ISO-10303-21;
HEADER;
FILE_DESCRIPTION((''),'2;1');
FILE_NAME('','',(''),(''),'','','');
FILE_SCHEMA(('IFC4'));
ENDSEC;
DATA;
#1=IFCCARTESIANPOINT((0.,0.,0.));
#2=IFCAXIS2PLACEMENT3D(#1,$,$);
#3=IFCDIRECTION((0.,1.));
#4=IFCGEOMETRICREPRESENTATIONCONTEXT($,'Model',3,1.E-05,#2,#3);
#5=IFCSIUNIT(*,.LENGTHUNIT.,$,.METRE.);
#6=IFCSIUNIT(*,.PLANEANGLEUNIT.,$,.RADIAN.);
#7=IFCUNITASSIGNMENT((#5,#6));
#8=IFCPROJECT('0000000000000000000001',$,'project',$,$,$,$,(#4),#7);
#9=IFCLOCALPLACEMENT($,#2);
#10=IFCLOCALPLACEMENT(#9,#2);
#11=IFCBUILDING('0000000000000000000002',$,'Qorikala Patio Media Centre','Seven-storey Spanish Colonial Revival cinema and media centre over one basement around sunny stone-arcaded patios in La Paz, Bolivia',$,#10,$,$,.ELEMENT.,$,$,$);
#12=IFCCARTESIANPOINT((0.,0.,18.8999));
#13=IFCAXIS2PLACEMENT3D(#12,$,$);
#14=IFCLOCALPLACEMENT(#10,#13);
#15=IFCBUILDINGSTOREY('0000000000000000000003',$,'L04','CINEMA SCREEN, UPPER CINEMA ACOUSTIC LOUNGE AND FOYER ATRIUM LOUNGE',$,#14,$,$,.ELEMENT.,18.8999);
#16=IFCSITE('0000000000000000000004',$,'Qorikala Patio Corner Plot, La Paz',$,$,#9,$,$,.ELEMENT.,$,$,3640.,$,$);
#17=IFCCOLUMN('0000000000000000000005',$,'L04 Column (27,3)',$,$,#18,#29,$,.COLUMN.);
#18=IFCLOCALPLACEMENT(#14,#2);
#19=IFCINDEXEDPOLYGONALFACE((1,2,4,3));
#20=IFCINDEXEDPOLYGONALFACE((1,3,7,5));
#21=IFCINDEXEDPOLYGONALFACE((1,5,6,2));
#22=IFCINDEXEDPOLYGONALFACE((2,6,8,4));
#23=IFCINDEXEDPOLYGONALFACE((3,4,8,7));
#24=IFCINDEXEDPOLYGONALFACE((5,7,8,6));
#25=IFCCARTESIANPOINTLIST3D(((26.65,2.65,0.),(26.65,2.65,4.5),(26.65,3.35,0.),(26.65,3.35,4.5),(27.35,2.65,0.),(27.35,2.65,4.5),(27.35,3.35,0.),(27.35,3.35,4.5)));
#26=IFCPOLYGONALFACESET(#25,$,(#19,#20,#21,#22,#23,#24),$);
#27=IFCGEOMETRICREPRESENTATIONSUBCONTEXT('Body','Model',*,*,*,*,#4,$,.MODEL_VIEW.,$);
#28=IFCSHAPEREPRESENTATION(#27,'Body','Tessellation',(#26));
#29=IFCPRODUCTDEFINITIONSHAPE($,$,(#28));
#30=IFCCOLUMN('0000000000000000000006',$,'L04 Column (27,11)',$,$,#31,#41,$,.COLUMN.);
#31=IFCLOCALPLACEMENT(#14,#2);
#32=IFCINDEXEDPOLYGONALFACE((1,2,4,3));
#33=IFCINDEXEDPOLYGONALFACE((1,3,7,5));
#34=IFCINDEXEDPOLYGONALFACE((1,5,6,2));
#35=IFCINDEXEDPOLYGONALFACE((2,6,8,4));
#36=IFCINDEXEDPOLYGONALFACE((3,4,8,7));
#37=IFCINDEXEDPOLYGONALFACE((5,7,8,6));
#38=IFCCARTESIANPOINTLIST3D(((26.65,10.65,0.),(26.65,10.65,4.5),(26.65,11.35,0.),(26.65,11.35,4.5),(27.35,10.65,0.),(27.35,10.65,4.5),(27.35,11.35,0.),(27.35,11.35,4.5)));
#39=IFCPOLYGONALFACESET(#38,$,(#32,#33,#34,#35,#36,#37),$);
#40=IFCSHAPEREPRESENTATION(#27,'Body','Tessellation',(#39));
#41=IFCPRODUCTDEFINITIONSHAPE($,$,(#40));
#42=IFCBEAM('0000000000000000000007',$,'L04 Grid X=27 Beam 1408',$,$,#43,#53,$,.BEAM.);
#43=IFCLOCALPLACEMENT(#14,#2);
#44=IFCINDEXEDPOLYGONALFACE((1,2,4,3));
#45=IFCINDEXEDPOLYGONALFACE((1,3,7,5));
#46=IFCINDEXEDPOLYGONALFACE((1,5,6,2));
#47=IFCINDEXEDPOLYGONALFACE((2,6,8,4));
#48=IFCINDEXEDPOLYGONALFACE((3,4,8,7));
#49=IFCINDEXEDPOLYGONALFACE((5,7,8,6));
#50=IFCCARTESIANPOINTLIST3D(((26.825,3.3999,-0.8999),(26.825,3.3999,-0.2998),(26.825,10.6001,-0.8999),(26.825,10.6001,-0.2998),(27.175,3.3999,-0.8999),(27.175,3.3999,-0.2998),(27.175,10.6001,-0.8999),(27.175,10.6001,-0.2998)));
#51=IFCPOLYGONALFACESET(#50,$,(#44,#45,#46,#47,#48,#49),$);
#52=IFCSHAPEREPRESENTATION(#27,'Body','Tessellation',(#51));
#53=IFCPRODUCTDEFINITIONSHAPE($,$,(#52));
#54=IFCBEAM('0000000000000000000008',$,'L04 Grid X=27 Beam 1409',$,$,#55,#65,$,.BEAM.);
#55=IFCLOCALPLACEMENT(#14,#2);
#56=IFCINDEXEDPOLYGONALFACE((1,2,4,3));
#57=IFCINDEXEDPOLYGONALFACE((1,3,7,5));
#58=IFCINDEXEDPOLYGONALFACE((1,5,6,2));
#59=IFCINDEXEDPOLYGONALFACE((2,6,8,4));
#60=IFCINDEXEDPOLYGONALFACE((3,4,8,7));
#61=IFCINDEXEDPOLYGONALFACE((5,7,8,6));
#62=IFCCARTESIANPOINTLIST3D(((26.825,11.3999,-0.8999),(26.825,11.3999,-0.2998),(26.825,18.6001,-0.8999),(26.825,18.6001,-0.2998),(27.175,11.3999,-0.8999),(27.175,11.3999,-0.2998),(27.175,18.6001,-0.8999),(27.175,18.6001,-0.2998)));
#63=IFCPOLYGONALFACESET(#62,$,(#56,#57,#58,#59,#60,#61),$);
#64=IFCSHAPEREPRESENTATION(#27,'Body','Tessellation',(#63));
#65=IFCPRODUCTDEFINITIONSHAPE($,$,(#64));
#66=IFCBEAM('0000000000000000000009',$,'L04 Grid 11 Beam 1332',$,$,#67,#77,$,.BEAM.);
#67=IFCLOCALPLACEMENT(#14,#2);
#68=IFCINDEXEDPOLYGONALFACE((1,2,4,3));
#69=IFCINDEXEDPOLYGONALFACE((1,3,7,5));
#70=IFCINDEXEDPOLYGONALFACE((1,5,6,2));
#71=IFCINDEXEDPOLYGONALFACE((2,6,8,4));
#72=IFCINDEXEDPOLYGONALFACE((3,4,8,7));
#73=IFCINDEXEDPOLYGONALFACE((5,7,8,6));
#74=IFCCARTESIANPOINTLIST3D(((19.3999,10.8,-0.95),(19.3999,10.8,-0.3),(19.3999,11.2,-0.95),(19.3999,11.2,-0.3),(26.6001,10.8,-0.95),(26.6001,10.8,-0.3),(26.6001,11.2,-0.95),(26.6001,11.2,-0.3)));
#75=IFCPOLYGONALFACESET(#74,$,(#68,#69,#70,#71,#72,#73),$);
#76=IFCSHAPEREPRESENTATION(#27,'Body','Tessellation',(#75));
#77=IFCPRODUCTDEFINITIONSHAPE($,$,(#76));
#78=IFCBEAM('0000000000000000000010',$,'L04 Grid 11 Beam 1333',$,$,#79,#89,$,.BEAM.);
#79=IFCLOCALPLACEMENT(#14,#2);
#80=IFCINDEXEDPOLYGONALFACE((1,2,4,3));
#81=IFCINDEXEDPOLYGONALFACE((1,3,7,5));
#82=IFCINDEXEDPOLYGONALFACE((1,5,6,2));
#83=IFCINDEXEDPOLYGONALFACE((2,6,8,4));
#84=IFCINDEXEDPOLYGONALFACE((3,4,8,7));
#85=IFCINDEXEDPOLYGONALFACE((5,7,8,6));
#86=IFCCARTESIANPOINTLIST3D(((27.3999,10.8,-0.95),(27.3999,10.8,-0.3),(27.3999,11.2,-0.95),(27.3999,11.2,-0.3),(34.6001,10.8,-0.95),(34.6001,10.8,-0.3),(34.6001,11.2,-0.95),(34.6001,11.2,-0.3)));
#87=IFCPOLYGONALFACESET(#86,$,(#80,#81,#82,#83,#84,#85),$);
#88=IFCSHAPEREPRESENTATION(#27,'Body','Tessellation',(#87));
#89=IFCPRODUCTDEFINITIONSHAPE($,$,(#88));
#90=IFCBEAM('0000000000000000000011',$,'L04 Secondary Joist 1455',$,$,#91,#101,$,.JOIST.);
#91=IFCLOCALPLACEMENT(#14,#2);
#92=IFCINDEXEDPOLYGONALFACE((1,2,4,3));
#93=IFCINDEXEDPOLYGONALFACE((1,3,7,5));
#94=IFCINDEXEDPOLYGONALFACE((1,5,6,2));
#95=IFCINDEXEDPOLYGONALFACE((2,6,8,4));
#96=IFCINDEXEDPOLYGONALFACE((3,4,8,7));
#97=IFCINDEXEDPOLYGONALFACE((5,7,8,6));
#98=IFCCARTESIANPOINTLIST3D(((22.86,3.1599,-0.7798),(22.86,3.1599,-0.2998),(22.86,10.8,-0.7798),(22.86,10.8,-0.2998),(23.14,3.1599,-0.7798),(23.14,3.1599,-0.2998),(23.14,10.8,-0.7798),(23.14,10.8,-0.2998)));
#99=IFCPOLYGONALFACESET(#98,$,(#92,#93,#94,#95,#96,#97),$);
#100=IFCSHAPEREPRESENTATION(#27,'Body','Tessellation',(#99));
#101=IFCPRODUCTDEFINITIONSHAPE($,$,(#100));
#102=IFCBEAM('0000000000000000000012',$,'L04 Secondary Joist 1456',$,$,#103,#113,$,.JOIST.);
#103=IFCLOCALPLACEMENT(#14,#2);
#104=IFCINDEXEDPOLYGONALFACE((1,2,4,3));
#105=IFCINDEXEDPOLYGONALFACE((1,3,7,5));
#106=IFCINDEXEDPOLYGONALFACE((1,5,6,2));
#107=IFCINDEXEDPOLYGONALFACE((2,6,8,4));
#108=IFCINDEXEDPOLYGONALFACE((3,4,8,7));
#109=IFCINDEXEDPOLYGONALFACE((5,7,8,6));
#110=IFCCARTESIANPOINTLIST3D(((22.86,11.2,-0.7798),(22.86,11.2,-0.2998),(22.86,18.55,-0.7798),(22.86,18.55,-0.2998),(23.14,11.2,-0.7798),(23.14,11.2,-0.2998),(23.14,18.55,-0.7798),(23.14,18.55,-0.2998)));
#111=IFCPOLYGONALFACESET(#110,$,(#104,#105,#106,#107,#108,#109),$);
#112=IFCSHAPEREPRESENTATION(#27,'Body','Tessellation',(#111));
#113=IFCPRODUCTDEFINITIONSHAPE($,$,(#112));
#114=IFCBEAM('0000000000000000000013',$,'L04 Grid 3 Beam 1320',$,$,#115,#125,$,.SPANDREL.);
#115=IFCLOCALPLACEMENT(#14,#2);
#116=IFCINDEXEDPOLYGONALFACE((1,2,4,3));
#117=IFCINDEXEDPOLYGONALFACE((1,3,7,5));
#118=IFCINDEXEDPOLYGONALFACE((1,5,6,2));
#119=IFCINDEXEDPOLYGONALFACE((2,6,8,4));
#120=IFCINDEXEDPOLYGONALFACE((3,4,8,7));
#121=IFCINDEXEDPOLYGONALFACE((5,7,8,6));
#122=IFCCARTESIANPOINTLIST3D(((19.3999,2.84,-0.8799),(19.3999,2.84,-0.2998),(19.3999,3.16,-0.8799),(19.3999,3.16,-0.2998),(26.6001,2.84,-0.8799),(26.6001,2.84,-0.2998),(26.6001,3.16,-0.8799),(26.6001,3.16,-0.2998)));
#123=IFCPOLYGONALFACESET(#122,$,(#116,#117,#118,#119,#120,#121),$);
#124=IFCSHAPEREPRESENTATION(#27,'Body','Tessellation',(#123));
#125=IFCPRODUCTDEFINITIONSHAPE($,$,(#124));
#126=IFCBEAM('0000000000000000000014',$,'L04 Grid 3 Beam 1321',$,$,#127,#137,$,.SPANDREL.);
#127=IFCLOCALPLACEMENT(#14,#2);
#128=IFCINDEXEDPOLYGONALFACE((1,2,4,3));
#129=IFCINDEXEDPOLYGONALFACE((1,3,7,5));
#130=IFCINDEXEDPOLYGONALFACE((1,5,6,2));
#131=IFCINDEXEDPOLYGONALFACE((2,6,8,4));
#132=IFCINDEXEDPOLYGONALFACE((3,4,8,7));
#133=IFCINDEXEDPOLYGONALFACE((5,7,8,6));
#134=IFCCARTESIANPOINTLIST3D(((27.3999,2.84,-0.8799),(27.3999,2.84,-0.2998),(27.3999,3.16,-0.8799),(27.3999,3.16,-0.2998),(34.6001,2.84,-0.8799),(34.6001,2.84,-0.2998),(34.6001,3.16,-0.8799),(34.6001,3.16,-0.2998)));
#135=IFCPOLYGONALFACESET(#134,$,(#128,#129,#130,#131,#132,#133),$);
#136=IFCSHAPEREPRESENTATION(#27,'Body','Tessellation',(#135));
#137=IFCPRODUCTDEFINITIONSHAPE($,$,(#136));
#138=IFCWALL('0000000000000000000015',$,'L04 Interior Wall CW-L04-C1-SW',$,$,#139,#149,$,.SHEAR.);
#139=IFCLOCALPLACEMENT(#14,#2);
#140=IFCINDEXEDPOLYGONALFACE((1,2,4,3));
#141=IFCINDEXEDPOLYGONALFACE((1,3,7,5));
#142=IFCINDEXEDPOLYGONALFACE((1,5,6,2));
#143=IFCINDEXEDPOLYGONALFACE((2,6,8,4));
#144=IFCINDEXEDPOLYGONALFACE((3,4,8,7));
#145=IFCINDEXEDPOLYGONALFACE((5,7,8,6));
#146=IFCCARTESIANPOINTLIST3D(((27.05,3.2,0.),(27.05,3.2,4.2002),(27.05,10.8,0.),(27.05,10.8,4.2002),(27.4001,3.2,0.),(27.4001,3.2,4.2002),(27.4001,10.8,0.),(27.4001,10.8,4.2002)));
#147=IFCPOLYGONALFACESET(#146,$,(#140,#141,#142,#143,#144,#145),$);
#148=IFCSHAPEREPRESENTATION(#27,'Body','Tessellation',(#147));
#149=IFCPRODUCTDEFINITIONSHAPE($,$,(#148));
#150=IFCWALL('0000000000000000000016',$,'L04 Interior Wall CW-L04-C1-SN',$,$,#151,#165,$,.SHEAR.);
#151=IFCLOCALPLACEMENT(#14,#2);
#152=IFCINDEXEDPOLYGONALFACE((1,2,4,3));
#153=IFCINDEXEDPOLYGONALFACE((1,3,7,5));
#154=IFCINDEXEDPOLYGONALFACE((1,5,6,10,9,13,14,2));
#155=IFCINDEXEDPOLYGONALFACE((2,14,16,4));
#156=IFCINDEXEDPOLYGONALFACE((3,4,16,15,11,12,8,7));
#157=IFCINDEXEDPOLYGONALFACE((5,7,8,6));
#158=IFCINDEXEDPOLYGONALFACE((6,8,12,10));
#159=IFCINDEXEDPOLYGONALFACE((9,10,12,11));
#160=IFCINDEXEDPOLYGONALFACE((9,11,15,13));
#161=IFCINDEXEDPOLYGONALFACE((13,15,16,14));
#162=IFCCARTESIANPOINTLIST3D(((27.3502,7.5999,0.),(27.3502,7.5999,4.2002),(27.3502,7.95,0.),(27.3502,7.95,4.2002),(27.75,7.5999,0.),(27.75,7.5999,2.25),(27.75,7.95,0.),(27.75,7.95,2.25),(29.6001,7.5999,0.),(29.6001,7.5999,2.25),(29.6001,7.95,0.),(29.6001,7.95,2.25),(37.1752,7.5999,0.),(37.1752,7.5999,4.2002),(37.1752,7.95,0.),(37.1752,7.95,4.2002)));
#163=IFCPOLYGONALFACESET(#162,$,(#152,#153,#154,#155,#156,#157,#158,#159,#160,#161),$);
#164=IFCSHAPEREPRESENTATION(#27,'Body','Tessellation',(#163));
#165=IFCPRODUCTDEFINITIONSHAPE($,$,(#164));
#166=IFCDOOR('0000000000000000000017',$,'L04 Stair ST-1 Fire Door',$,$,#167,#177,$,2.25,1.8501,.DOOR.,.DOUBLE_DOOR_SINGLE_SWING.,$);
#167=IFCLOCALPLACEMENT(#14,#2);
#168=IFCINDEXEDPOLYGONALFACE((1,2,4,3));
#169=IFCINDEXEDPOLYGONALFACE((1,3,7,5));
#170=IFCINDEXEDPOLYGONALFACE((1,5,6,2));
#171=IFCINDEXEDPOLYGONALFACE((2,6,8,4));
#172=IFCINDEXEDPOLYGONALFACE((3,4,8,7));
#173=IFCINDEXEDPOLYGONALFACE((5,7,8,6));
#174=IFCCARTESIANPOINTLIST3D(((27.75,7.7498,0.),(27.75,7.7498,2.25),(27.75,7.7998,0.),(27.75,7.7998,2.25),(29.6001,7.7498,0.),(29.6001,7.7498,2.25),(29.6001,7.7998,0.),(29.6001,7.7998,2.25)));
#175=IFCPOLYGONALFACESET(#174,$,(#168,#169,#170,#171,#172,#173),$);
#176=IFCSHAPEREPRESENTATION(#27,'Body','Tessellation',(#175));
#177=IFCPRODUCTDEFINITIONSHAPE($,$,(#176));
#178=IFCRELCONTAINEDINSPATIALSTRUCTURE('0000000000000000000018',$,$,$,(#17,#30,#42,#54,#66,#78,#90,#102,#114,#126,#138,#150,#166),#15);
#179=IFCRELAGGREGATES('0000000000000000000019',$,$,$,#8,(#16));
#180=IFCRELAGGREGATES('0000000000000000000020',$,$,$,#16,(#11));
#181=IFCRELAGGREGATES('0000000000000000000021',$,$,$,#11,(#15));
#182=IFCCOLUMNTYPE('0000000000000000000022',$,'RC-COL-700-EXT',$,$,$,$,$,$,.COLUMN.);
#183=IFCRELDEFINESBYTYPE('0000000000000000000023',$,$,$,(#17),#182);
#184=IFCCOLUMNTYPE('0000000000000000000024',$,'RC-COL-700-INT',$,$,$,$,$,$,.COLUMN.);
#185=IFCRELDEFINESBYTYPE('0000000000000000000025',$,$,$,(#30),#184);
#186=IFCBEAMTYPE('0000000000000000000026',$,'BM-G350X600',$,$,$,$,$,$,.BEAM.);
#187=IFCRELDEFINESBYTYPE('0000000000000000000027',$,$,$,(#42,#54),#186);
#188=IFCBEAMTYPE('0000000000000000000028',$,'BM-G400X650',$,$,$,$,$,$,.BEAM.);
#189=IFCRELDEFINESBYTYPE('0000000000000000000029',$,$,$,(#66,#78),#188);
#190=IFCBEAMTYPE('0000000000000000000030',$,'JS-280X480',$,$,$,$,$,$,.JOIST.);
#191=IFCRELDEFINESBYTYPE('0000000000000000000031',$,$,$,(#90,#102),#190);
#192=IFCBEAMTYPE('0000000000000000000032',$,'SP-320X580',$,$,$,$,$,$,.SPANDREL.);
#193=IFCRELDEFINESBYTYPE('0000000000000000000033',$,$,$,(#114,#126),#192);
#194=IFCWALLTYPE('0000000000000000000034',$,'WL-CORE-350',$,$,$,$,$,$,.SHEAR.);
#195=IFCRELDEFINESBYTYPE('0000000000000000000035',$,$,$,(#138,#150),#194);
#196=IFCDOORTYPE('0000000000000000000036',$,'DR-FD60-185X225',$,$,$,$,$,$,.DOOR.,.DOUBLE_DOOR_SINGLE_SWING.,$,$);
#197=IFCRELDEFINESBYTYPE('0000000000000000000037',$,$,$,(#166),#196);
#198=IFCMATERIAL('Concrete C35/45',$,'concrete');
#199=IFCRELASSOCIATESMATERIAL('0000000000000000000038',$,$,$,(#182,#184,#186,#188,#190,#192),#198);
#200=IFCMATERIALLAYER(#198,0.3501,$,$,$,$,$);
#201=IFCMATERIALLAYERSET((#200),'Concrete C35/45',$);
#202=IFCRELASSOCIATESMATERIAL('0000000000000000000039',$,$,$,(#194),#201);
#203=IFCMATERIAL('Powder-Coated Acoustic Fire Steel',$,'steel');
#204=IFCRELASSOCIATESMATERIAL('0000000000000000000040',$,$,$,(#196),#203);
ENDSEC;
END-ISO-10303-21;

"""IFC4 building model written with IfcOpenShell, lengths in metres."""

from ifc_helpers import new_model, si_unit, direction, frame, frame_2d, origin, origin_2d, place, context, subcontext, project, spatial, rectangle, extrude, material, layer, layer_set, material_profile, profile_set, type_object, element, fill, save


model = new_model("IFC4")

# Units and contexts
model_context = context("Model", 3, precision=1e-05, world=origin(), true_north=direction((0.0, 1.0)))
body_context = subcontext(model_context, "Body", "Model", "MODEL_VIEW")
ifc_project = project(units=[si_unit("LENGTHUNIT", "METRE"), si_unit("PLANEANGLEUNIT", "RADIAN")], contexts=[model_context])

# Site, building, storey
site_placement = place(None, origin())
site = spatial("IfcSite", under=ifc_project, at=site_placement, Name="Qorikala Patio Corner Plot, La Paz", CompositionType="ELEMENT", RefElevation=3640.0)
building_placement = place(site_placement, origin())
building = spatial("IfcBuilding", under=site, at=building_placement, Name="Qorikala Patio Media Centre", Description="Seven-storey Spanish Colonial Revival cinema and media centre over one basement around sunny stone-arcaded patios in La Paz, Bolivia", CompositionType="ELEMENT")
storey_placement = place(building_placement, frame((0.0, 0.0, 18.8999)))
storey = spatial("IfcBuildingStorey", under=building, at=storey_placement, Name="L04", Description="CINEMA SCREEN, UPPER CINEMA ACOUSTIC LOUNGE AND FOYER ATRIUM LOUNGE", CompositionType="ELEMENT", Elevation=18.8999)

# Columns
ifc_material_1 = material(Name="Concrete C35/45", Category="concrete")
ifc_material_profile_1 = material_profile(ifc_material_1, rectangle(XDim=0.7, YDim=0.7, at=origin_2d()), Name="RC 700x700")
ifc_profile_set_1 = profile_set([ifc_material_profile_1], Name="Concrete C35/45")
column_type_1 = type_object("IfcColumnType", Name="RC-COL-700-EXT", PredefinedType="COLUMN", material=ifc_profile_set_1)
column_1_placement = place(storey_placement, frame((27.0, 3.0, 0.0), z_axis=(0.0, 0.0, 1.0), x_axis=(1.0, 0.0, 0.0)))
element("IfcColumn", 1, at=column_1_placement, inside=storey, type_object=column_type_1, Name="L04 Column (27,3)", PredefinedType="COLUMN", context=body_context, shape_type="SweptSolid", body=[
    extrude(rectangle(XDim=0.7, YDim=0.7, at=origin_2d()), origin(), (0.0, 0.0, 1.0), 4.5),
])
ifc_material_profile_2 = material_profile(ifc_material_1, rectangle(XDim=0.7, YDim=0.7, at=origin_2d()), Name="RC 700x700")
ifc_profile_set_2 = profile_set([ifc_material_profile_2], Name="Concrete C35/45")
column_type_2 = type_object("IfcColumnType", Name="RC-COL-700-INT", PredefinedType="COLUMN", material=ifc_profile_set_2)
column_2_placement = place(storey_placement, frame((27.0, 11.0, 0.0), z_axis=(0.0, 0.0, 1.0), x_axis=(1.0, 0.0, 0.0)))
element("IfcColumn", 2, at=column_2_placement, inside=storey, type_object=column_type_2, Name="L04 Column (27,11)", PredefinedType="COLUMN", context=body_context, shape_type="SweptSolid", body=[
    extrude(rectangle(XDim=0.7, YDim=0.7, at=origin_2d()), origin(), (0.0, 0.0, 1.0), 4.5),
])

# Beams
ifc_material_profile_3 = material_profile(ifc_material_1, rectangle(XDim=0.3501, YDim=0.6001, at=origin_2d()), Name="RC 350x600")
ifc_profile_set_3 = profile_set([ifc_material_profile_3], Name="Concrete C35/45")
beam_type_1 = type_object("IfcBeamType", Name="BM-G350X600", PredefinedType="BEAM", material=ifc_profile_set_3)
for number, where, z_axis, x_axis, name in (
    (3, (27.0, 3.3999, -0.5999), (0.0, 1.0, 0.0), (-1.0, 0.0, 0.0), "L04 Grid X=27 Beam 1408"),
    (4, (27.0, 11.3999, -0.5999), (0.0, 1.0, 0.0), (-1.0, 0.0, 0.0), "L04 Grid X=27 Beam 1409"),
):
    element("IfcBeam", number, at=place(storey_placement, frame(where, z_axis=z_axis, x_axis=x_axis)), inside=storey, type_object=beam_type_1, Name=name, PredefinedType="BEAM", context=body_context, shape_type="SweptSolid", body=[
        extrude(rectangle(XDim=0.3501, YDim=0.6001, at=origin_2d()), origin(), (0.0, 0.0, 1.0), 7.2002),
    ])
ifc_material_profile_4 = material_profile(ifc_material_1, rectangle(XDim=0.3999, YDim=0.6499, at=origin_2d()), Name="RC 400x650")
ifc_profile_set_4 = profile_set([ifc_material_profile_4], Name="Concrete C35/45")
beam_type_2 = type_object("IfcBeamType", Name="BM-G400X650", PredefinedType="BEAM", material=ifc_profile_set_4)
for number, where, z_axis, x_axis, name in (
    (5, (19.3999, 11.0, -0.625), (1.0, 0.0, 0.0), (0.0, 1.0, 0.0), "L04 Grid 11 Beam 1332"),
    (6, (27.3999, 11.0, -0.625), (1.0, 0.0, 0.0), (0.0, 1.0, 0.0), "L04 Grid 11 Beam 1333"),
):
    element("IfcBeam", number, at=place(storey_placement, frame(where, z_axis=z_axis, x_axis=x_axis)), inside=storey, type_object=beam_type_2, Name=name, PredefinedType="BEAM", context=body_context, shape_type="SweptSolid", body=[
        extrude(rectangle(XDim=0.3999, YDim=0.6499, at=origin_2d()), origin(), (0.0, 0.0, 1.0), 7.2002),
    ])
ifc_material_profile_5 = material_profile(ifc_material_1, rectangle(XDim=0.28, YDim=0.48, at=origin_2d()), Name="RC 280x480")
ifc_profile_set_5 = profile_set([ifc_material_profile_5], Name="Concrete C35/45")
beam_type_3 = type_object("IfcBeamType", Name="JS-280X480", PredefinedType="JOIST", material=ifc_profile_set_5)
beam_1_placement = place(storey_placement, frame((23.0, 3.1599, -0.5398), z_axis=(0.0, 1.0, 0.0), x_axis=(-1.0, 0.0, 0.0)))
element("IfcBeam", 7, at=beam_1_placement, inside=storey, type_object=beam_type_3, Name="L04 Secondary Joist 1455", PredefinedType="JOIST", context=body_context, shape_type="SweptSolid", body=[
    extrude(rectangle(XDim=0.28, YDim=0.48, at=origin_2d()), origin(), (0.0, 0.0, 1.0), 7.6401),
])
beam_2_placement = place(storey_placement, frame((23.0, 11.2, -0.5398), z_axis=(0.0, 1.0, 0.0), x_axis=(-1.0, 0.0, 0.0)))
element("IfcBeam", 8, at=beam_2_placement, inside=storey, type_object=beam_type_3, Name="L04 Secondary Joist 1456", PredefinedType="JOIST", context=body_context, shape_type="SweptSolid", body=[
    extrude(rectangle(XDim=0.28, YDim=0.48, at=origin_2d()), origin(), (0.0, 0.0, 1.0), 7.3501),
])
ifc_material_profile_6 = material_profile(ifc_material_1, rectangle(XDim=0.3201, YDim=0.5801, at=origin_2d()), Name="RC 320x580")
ifc_profile_set_6 = profile_set([ifc_material_profile_6], Name="Concrete C35/45")
beam_type_4 = type_object("IfcBeamType", Name="SP-320X580", PredefinedType="SPANDREL", material=ifc_profile_set_6)
for number, where, z_axis, x_axis, name in (
    (9, (19.3999, 3.0, -0.5898), (1.0, 0.0, 0.0), (0.0, 1.0, 0.0), "L04 Grid 3 Beam 1320"),
    (10, (27.3999, 3.0, -0.5898), (1.0, 0.0, 0.0), (0.0, 1.0, 0.0), "L04 Grid 3 Beam 1321"),
):
    element("IfcBeam", number, at=place(storey_placement, frame(where, z_axis=z_axis, x_axis=x_axis)), inside=storey, type_object=beam_type_4, Name=name, PredefinedType="SPANDREL", context=body_context, shape_type="SweptSolid", body=[
        extrude(rectangle(XDim=0.3201, YDim=0.5801, at=origin_2d()), origin(), (0.0, 0.0, 1.0), 7.2002),
    ])

# Wall
ifc_layer_1 = layer(ifc_material_1, 0.3501)
ifc_layer_set_1 = layer_set([ifc_layer_1], Name="Concrete C35/45")
wall_type_1 = type_object("IfcWallType", Name="WL-CORE-350", PredefinedType="SHEAR", material=ifc_layer_set_1)
wall_1_placement = place(storey_placement, frame((27.2251, 3.2, 0.0), z_axis=(0.0, 0.0, 1.0), x_axis=(0.0, 1.0, 0.0)))
element("IfcWall", 11, at=wall_1_placement, inside=storey, type_object=wall_type_1, Name="L04 Interior Wall CW-L04-C1-SW", PredefinedType="SHEAR", context=body_context, shape_type="SweptSolid", body=[
    extrude(rectangle(XDim=7.6001, YDim=0.3501, at=frame_2d((3.8, 0.0))), origin(), (0.0, 0.0, 1.0), 4.2002),
])

# Wall, opening, door
wall_2_placement = place(storey_placement, frame((27.3501, 7.7749, 0.0), z_axis=(0.0, 0.0, 1.0), x_axis=(1.0, 0.0, 0.0)))
wall_2 = element("IfcWall", 12, at=wall_2_placement, inside=storey, type_object=wall_type_1, Name="L04 Interior Wall CW-L04-C1-SN", PredefinedType="SHEAR", context=body_context, shape_type="SweptSolid", body=[
    extrude(rectangle(XDim=9.825, YDim=0.3501, at=frame_2d((4.9126, 0.0))), origin(), (0.0, 0.0, 1.0), 4.2002),
])
opening_1_placement = place(wall_2_placement, frame((0.3999, 0.0, 0.0)))
opening_1 = element("IfcOpeningElement", 13, at=opening_1_placement, cuts=wall_2, PredefinedType="OPENING", context=body_context, shape_type="SweptSolid", body=[
    extrude(rectangle(XDim=1.8501, YDim=2.25, at=frame_2d((0.925, 1.125))), frame((0.0, 0.1851, 0.0), z_axis=(0.0, -1.0, 0.0), x_axis=(1.0, 0.0, 0.0)), (0.0, 0.0, 1.0), 0.3701),
])
ifc_material_2 = material(Name="Powder-Coated Acoustic Fire Steel", Category="steel")
door_type_1 = type_object("IfcDoorType", Name="DR-FD60-185X225", OperationType="DOUBLE_DOOR_SINGLE_SWING", PredefinedType="DOOR", material=ifc_material_2)
door_1_placement = place(opening_1_placement, origin())
door_1 = element("IfcDoor", 14, at=door_1_placement, inside=storey, type_object=door_type_1, Name="L04 Stair ST-1 Fire Door", OperationType="DOUBLE_DOOR_SINGLE_SWING", OverallHeight=2.25, OverallWidth=1.8501, PredefinedType="DOOR", context=body_context, shape_type="SweptSolid", body=[
    extrude(rectangle(XDim=1.8501, YDim=2.25, at=frame_2d((0.925, 1.125))), frame((0.0, 0.0249, 0.0), z_axis=(0.0, -1.0, 0.0), x_axis=(1.0, 0.0, 0.0)), (0.0, 0.0, 1.0), 0.05),
])
fill(opening_1, door_1)

save(model, "model.ifc")
